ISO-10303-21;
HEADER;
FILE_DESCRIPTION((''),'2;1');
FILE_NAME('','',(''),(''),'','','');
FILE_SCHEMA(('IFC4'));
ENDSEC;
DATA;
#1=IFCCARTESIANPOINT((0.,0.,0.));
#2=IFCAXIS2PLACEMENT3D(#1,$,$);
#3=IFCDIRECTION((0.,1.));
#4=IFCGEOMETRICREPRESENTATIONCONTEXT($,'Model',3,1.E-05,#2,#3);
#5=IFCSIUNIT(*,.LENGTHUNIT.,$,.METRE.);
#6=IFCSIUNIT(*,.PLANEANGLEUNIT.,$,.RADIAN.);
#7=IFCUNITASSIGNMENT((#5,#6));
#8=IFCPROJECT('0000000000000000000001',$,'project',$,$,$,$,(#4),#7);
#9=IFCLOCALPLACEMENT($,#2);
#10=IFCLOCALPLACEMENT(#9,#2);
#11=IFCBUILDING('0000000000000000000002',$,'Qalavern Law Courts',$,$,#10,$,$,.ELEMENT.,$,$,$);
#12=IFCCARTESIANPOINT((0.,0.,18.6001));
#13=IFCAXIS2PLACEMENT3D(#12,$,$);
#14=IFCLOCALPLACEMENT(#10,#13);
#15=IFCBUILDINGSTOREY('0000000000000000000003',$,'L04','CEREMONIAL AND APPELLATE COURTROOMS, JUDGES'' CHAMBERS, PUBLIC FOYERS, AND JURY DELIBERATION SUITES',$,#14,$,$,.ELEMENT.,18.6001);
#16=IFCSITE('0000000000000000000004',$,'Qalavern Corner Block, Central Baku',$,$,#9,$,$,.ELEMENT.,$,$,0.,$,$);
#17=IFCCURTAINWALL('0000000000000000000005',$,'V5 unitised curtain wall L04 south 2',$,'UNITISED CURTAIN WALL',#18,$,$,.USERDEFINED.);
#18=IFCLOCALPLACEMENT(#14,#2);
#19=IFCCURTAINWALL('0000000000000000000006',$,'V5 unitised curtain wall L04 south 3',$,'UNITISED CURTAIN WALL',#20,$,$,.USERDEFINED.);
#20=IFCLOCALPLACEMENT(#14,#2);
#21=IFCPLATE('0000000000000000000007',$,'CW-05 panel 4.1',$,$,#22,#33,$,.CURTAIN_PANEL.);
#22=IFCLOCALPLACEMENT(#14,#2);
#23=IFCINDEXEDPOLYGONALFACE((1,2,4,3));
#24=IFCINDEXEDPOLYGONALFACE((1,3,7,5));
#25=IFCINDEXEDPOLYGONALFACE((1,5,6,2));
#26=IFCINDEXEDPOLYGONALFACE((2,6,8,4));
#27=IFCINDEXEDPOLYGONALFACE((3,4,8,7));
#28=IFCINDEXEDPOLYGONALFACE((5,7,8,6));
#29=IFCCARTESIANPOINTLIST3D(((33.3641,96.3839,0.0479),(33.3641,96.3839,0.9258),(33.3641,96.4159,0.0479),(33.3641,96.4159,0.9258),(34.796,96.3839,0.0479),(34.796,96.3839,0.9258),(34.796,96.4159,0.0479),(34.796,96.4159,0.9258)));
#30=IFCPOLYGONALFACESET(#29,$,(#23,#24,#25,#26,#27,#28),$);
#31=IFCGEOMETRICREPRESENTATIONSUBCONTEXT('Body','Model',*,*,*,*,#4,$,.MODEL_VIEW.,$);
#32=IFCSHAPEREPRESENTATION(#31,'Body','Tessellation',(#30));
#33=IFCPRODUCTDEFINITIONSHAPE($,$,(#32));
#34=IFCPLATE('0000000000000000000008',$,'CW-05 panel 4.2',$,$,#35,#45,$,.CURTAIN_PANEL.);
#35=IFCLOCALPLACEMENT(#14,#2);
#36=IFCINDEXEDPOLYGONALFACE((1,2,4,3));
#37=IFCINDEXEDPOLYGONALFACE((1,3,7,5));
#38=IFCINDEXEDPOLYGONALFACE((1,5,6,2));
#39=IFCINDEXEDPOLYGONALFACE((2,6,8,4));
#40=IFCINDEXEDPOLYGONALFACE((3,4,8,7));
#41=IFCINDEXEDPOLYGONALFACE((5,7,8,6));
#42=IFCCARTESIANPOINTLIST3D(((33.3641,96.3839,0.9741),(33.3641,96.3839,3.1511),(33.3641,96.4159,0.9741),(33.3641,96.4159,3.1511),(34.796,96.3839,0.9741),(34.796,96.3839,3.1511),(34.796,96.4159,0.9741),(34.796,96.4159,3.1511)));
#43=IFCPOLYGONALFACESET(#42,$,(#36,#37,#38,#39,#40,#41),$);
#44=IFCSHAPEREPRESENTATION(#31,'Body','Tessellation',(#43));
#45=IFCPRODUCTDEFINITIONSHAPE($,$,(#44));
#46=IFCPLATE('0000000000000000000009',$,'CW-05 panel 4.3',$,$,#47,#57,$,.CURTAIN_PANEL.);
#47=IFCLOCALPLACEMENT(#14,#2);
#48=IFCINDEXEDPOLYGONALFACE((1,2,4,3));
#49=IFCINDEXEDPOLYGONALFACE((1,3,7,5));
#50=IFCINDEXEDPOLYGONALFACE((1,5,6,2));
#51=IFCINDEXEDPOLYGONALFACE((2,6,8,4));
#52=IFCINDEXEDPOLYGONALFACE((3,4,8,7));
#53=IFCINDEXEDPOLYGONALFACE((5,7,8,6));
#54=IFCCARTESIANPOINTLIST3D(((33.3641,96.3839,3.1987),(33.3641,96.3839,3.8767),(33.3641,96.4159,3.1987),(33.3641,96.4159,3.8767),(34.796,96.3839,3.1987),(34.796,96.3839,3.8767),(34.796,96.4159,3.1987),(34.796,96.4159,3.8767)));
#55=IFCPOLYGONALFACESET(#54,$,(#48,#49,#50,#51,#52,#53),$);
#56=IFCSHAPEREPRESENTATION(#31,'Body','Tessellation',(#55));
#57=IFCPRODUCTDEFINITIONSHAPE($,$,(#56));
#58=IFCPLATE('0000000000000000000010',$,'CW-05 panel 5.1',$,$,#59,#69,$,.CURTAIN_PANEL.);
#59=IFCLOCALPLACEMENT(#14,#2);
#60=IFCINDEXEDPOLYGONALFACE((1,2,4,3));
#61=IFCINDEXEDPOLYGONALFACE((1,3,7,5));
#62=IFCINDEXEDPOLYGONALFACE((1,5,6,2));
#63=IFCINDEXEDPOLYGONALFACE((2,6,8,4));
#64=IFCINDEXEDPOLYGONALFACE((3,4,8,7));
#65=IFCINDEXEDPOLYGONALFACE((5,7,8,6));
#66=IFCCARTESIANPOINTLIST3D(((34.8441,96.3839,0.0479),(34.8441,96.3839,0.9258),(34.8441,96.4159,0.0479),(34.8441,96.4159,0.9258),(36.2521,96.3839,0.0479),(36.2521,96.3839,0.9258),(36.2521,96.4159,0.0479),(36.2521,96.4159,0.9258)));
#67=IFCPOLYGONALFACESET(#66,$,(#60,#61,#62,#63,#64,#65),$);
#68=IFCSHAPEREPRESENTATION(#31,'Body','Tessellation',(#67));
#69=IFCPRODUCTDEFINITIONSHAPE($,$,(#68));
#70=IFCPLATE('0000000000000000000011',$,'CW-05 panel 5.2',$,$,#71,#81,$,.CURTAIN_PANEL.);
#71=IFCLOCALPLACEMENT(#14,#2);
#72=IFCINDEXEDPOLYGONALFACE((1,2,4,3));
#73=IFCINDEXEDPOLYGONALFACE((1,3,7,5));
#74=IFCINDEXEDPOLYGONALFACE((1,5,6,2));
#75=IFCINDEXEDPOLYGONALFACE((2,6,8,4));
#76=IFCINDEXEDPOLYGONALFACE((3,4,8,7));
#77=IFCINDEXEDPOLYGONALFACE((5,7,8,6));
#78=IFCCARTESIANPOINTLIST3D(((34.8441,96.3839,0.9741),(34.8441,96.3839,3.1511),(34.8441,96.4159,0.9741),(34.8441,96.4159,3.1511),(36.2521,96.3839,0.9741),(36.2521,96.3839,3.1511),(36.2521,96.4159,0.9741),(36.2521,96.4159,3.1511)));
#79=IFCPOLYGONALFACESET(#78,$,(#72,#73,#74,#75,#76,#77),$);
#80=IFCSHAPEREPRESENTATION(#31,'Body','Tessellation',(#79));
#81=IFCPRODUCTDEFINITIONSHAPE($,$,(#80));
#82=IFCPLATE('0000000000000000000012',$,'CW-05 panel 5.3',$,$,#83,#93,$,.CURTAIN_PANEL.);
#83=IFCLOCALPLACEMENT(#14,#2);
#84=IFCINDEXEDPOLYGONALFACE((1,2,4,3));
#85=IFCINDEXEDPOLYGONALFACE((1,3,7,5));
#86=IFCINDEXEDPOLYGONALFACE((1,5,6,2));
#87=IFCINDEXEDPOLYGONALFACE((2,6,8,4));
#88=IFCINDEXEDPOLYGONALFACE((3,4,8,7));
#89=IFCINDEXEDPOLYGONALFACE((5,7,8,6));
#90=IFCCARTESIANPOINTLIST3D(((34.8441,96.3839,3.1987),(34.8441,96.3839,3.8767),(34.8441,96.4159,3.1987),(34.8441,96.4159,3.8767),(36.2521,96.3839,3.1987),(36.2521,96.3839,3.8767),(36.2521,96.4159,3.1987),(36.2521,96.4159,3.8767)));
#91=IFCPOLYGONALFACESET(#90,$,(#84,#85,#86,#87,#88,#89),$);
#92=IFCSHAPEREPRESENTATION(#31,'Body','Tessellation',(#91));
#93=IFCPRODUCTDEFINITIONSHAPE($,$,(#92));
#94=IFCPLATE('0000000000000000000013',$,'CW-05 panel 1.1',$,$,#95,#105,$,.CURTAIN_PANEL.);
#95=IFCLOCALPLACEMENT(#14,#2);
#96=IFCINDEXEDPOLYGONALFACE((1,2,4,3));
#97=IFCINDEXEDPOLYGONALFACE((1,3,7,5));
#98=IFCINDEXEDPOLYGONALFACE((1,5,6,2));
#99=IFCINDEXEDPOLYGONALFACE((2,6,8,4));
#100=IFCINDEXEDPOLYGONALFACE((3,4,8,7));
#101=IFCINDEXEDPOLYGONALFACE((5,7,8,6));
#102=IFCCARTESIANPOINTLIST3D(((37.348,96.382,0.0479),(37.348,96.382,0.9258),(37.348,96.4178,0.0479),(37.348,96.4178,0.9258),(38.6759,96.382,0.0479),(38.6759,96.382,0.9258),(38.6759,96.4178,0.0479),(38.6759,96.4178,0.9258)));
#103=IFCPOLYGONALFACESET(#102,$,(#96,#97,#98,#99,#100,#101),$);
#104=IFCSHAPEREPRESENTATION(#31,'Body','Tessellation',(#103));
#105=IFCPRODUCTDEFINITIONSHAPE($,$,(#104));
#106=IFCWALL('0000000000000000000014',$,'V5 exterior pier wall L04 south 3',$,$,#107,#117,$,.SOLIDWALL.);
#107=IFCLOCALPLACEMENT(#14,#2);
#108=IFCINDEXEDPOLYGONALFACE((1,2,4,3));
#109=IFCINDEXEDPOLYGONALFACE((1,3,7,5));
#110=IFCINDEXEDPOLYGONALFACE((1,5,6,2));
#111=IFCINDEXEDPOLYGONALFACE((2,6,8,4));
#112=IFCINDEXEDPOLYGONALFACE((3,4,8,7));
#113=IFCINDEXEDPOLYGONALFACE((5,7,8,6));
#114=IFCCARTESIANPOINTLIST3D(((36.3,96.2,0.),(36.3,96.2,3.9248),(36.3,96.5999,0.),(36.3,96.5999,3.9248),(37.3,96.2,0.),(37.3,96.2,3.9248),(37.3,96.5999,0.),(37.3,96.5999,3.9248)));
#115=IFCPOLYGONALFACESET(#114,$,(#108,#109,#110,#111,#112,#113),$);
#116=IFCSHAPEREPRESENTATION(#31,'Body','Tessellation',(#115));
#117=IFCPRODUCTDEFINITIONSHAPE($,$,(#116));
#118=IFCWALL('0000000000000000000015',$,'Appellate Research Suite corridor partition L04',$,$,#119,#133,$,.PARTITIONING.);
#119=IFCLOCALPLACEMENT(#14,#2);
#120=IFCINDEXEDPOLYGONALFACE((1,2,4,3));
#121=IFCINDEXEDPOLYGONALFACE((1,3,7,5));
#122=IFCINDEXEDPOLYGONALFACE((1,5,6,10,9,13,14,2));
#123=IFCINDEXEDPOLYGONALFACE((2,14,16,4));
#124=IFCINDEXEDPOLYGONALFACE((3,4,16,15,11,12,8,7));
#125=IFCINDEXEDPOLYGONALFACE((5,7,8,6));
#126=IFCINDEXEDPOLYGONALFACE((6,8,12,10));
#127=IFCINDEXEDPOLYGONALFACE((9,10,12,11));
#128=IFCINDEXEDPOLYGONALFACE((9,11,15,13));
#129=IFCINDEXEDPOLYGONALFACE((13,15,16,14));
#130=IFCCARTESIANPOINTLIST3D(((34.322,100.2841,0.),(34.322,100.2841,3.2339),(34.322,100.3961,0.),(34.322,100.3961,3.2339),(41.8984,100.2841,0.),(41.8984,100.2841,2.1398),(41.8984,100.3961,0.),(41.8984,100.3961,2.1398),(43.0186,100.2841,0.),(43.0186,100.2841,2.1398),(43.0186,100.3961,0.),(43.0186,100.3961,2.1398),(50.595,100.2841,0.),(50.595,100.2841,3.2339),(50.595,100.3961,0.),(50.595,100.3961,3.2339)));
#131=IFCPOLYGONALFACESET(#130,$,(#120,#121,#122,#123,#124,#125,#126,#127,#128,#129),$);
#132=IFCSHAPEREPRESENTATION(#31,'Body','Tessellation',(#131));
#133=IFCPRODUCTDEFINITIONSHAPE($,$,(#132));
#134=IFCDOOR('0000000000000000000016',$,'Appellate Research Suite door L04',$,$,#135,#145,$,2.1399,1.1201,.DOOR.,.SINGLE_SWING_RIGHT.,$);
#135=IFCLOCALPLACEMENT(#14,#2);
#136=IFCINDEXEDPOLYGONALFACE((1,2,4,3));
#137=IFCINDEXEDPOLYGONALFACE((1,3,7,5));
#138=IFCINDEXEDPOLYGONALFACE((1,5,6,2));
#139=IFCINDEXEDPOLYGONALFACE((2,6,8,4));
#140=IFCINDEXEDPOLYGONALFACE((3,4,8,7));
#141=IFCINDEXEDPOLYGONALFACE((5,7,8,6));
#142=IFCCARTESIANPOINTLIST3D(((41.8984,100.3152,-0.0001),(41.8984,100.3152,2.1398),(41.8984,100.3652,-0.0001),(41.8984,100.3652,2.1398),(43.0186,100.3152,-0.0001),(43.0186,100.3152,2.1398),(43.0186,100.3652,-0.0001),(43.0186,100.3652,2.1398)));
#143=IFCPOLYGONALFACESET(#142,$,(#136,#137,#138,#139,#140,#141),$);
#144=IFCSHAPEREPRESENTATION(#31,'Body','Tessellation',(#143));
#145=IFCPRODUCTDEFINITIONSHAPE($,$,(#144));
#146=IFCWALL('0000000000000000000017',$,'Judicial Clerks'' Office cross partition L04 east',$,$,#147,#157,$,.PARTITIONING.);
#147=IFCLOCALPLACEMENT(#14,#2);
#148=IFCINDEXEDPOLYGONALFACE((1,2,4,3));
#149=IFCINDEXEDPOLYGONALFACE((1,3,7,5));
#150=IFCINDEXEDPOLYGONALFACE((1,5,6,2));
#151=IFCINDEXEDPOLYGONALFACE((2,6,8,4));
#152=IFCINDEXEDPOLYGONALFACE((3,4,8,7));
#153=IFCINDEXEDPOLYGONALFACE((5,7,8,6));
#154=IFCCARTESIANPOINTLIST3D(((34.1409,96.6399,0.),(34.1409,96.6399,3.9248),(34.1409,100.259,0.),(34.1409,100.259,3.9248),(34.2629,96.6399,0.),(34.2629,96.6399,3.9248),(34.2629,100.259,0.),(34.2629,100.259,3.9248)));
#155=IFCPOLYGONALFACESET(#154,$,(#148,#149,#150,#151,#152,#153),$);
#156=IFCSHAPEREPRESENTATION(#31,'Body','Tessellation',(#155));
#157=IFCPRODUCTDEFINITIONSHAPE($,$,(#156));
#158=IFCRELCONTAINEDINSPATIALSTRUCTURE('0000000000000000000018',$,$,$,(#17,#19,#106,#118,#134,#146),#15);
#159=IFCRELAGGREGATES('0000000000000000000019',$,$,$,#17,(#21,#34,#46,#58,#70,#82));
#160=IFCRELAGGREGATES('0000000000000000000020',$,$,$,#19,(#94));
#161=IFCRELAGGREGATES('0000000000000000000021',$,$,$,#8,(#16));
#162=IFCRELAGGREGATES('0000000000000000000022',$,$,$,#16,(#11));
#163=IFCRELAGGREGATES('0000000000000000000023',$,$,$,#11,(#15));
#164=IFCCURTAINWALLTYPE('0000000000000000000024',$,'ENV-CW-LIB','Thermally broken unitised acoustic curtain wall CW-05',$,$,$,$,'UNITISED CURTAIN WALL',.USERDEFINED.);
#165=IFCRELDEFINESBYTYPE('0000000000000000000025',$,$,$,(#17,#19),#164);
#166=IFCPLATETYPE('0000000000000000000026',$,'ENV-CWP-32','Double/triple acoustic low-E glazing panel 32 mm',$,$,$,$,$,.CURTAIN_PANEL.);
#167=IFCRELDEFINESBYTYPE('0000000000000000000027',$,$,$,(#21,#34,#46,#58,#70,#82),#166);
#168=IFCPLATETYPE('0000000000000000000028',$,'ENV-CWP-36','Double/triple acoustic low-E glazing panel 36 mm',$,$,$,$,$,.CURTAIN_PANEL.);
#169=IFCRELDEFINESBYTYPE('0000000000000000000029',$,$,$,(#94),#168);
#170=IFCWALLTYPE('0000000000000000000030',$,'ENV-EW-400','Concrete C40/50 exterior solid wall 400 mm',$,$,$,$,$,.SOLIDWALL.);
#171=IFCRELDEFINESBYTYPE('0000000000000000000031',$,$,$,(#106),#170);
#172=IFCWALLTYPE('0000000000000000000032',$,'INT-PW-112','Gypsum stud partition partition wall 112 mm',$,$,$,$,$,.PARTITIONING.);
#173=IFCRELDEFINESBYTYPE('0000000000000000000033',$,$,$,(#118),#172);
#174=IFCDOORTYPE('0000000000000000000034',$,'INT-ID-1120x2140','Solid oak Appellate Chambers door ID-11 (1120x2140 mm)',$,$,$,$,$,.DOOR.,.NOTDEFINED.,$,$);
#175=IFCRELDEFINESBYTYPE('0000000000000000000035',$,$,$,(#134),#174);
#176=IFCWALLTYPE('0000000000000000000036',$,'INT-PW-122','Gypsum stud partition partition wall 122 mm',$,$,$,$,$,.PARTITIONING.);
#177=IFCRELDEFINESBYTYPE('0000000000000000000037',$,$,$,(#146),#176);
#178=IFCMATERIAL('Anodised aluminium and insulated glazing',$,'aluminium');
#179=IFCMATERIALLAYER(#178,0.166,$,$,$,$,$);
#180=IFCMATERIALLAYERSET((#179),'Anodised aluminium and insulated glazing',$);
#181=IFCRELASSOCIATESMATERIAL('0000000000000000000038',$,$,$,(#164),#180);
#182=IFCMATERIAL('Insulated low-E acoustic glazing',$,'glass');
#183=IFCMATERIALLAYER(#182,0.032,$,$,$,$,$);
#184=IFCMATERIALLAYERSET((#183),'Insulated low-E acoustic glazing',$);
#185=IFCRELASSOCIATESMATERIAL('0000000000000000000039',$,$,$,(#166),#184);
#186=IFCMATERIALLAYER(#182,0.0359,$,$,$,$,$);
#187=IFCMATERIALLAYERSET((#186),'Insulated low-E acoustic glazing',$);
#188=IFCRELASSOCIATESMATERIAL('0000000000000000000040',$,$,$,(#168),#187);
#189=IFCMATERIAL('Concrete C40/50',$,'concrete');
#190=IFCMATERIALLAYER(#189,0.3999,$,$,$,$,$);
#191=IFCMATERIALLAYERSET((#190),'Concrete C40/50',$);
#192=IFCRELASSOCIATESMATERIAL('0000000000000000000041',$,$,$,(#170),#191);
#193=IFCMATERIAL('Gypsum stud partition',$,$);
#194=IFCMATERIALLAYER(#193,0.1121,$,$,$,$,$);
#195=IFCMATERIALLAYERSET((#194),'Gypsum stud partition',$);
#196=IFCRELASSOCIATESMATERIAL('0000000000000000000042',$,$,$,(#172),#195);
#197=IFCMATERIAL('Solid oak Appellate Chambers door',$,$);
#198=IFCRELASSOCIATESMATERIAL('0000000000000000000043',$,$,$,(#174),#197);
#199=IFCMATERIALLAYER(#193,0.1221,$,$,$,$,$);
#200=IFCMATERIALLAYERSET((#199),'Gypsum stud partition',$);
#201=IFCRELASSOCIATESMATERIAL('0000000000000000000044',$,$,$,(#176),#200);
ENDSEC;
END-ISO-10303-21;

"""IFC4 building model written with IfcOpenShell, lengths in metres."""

from ifc_helpers import new_model, si_unit, direction, frame, frame_2d, origin, origin_2d, place, context, subcontext, project, spatial, rectangle, extrude, material, layer, layer_set, type_object, element, fill, aggregate, save


model = new_model("IFC4")

# Units and contexts
model_context = context("Model", 3, precision=1e-05, world=origin(), true_north=direction((0.0, 1.0)))
body_context = subcontext(model_context, "Body", "Model", "MODEL_VIEW")
ifc_project = project(units=[si_unit("LENGTHUNIT", "METRE"), si_unit("PLANEANGLEUNIT", "RADIAN")], contexts=[model_context])

# Site, building, storey
site_placement = place(None, origin())
site = spatial("IfcSite", under=ifc_project, at=site_placement, Name="Qalavern Corner Block, Central Baku", CompositionType="ELEMENT", RefElevation=0.0)
building_placement = place(site_placement, origin())
building = spatial("IfcBuilding", under=site, at=building_placement, Name="Qalavern Law Courts", CompositionType="ELEMENT")
storey_placement = place(building_placement, frame((0.0, 0.0, 18.6001)))
storey = spatial("IfcBuildingStorey", under=building, at=storey_placement, Name="L04", Description="CEREMONIAL AND APPELLATE COURTROOMS, JUDGES' CHAMBERS, PUBLIC FOYERS, AND JURY DELIBERATION SUITES", CompositionType="ELEMENT", Elevation=18.6001)

# Curtain wall
ifc_material_1 = material(Name="Anodised aluminium and insulated glazing", Category="aluminium")
ifc_layer_1 = layer(ifc_material_1, 0.166)
ifc_layer_set_1 = layer_set([ifc_layer_1], Name="Anodised aluminium and insulated glazing")
curtain_wall_type = type_object("IfcCurtainWallType", Name="ENV-CW-LIB", Description="Thermally broken unitised acoustic curtain wall CW-05", ElementType="UNITISED CURTAIN WALL", PredefinedType="USERDEFINED", material=ifc_layer_set_1)
curtain_wall_1_placement = place(storey_placement, origin())
curtain_wall_1 = element("IfcCurtainWall", 1, at=curtain_wall_1_placement, inside=storey, type_object=curtain_wall_type, Name="V5 unitised curtain wall L04 south 2", ObjectType="UNITISED CURTAIN WALL", PredefinedType="USERDEFINED")

# Curtain wall
curtain_wall_2_placement = place(storey_placement, origin())
curtain_wall_2 = element("IfcCurtainWall", 2, at=curtain_wall_2_placement, inside=storey, type_object=curtain_wall_type, Name="V5 unitised curtain wall L04 south 3", ObjectType="UNITISED CURTAIN WALL", PredefinedType="USERDEFINED")

# Shared definitions
ifc_material_2 = material(Name="Concrete C40/50", Category="concrete")

# Plates
ifc_material_3 = material(Name="Insulated low-E acoustic glazing", Category="glass")
ifc_layer_2 = layer(ifc_material_3, 0.032)
ifc_layer_set_2 = layer_set([ifc_layer_2], Name="Insulated low-E acoustic glazing")
plate_type_1 = type_object("IfcPlateType", Name="ENV-CWP-32", Description="Double/triple acoustic low-E glazing panel 32 mm", PredefinedType="CURTAIN_PANEL", material=ifc_layer_set_2)
plate_1_placement = place(storey_placement, frame((34.0801, 96.3999, 0.0479), z_axis=(0.0, 0.0, 1.0), x_axis=(1.0, 0.0, 0.0)))
plate_1 = element("IfcPlate", 3, at=plate_1_placement, type_object=plate_type_1, Name="CW-05 panel 4.1", PredefinedType="CURTAIN_PANEL", context=body_context, shape_type="SweptSolid", body=[
    extrude(rectangle(XDim=1.4319, YDim=0.032, at=origin_2d()), origin(), (0.0, 0.0, 1.0), 0.8779),
])
plate_2_placement = place(storey_placement, frame((34.0801, 96.3999, 0.9741), z_axis=(0.0, 0.0, 1.0), x_axis=(1.0, 0.0, 0.0)))
plate_2 = element("IfcPlate", 4, at=plate_2_placement, type_object=plate_type_1, Name="CW-05 panel 4.2", PredefinedType="CURTAIN_PANEL", context=body_context, shape_type="SweptSolid", body=[
    extrude(rectangle(XDim=1.4319, YDim=0.032, at=origin_2d()), origin(), (0.0, 0.0, 1.0), 2.177),
])
plate_3_placement = place(storey_placement, frame((34.0801, 96.3999, 3.1987), z_axis=(0.0, 0.0, 1.0), x_axis=(1.0, 0.0, 0.0)))
plate_3 = element("IfcPlate", 5, at=plate_3_placement, type_object=plate_type_1, Name="CW-05 panel 4.3", PredefinedType="CURTAIN_PANEL", context=body_context, shape_type="SweptSolid", body=[
    extrude(rectangle(XDim=1.4319, YDim=0.032, at=origin_2d()), origin(), (0.0, 0.0, 1.0), 0.678),
])
plate_4_placement = place(storey_placement, frame((35.5481, 96.3999, 0.0479), z_axis=(0.0, 0.0, 1.0), x_axis=(1.0, 0.0, 0.0)))
plate_4 = element("IfcPlate", 6, at=plate_4_placement, type_object=plate_type_1, Name="CW-05 panel 5.1", PredefinedType="CURTAIN_PANEL", context=body_context, shape_type="SweptSolid", body=[
    extrude(rectangle(XDim=1.408, YDim=0.032, at=origin_2d()), origin(), (0.0, 0.0, 1.0), 0.8779),
])
plate_5_placement = place(storey_placement, frame((35.5481, 96.3999, 0.9741), z_axis=(0.0, 0.0, 1.0), x_axis=(1.0, 0.0, 0.0)))
plate_5 = element("IfcPlate", 7, at=plate_5_placement, type_object=plate_type_1, Name="CW-05 panel 5.2", PredefinedType="CURTAIN_PANEL", context=body_context, shape_type="SweptSolid", body=[
    extrude(rectangle(XDim=1.408, YDim=0.032, at=origin_2d()), origin(), (0.0, 0.0, 1.0), 2.177),
])
plate_6_placement = place(storey_placement, frame((35.5481, 96.3999, 3.1987), z_axis=(0.0, 0.0, 1.0), x_axis=(1.0, 0.0, 0.0)))
plate_6 = element("IfcPlate", 8, at=plate_6_placement, type_object=plate_type_1, Name="CW-05 panel 5.3", PredefinedType="CURTAIN_PANEL", context=body_context, shape_type="SweptSolid", body=[
    extrude(rectangle(XDim=1.408, YDim=0.032, at=origin_2d()), origin(), (0.0, 0.0, 1.0), 0.678),
])
aggregate(curtain_wall_1, [plate_1, plate_2, plate_3, plate_4, plate_5, plate_6])
ifc_layer_3 = layer(ifc_material_3, 0.0359)
ifc_layer_set_3 = layer_set([ifc_layer_3], Name="Insulated low-E acoustic glazing")
plate_type_2 = type_object("IfcPlateType", Name="ENV-CWP-36", Description="Double/triple acoustic low-E glazing panel 36 mm", PredefinedType="CURTAIN_PANEL", material=ifc_layer_set_3)
plate_7_placement = place(storey_placement, frame((38.012, 96.3999, 0.0479), z_axis=(0.0, 0.0, 1.0), x_axis=(1.0, 0.0, 0.0)))
plate_7 = element("IfcPlate", 9, at=plate_7_placement, type_object=plate_type_2, Name="CW-05 panel 1.1", PredefinedType="CURTAIN_PANEL", context=body_context, shape_type="SweptSolid", body=[
    extrude(rectangle(XDim=1.3279, YDim=0.0359, at=origin_2d()), origin(), (0.0, 0.0, 1.0), 0.8779),
])
aggregate(curtain_wall_2, [plate_7])

# Wall
ifc_layer_4 = layer(ifc_material_2, 0.3999)
ifc_layer_set_4 = layer_set([ifc_layer_4], Name="Concrete C40/50")
wall_type_1 = type_object("IfcWallType", Name="ENV-EW-400", Description="Concrete C40/50 exterior solid wall 400 mm", PredefinedType="SOLIDWALL", material=ifc_layer_set_4)
wall_1_placement = place(storey_placement, frame((36.3, 96.3999, 0.0), z_axis=(0.0, 0.0, 1.0), x_axis=(1.0, 0.0, 0.0)))
element("IfcWall", 10, at=wall_1_placement, inside=storey, type_object=wall_type_1, Name="V5 exterior pier wall L04 south 3", PredefinedType="SOLIDWALL", context=body_context, shape_type="SweptSolid", body=[
    extrude(rectangle(XDim=1.0, YDim=0.3999, at=frame_2d((0.5, 0.0))), origin(), (0.0, 0.0, 1.0), 3.9248),
])

# Wall, opening, door
ifc_material_4 = material(Name="Gypsum stud partition")
ifc_layer_5 = layer(ifc_material_4, 0.1121)
ifc_layer_set_5 = layer_set([ifc_layer_5], Name="Gypsum stud partition")
wall_type_2 = type_object("IfcWallType", Name="INT-PW-112", Description="Gypsum stud partition partition wall 112 mm", PredefinedType="PARTITIONING", material=ifc_layer_set_5)
wall_2_placement = place(storey_placement, frame((34.322, 100.3401, 0.0), z_axis=(0.0, 0.0, 1.0), x_axis=(1.0, 0.0, 0.0)))
wall_2 = element("IfcWall", 11, at=wall_2_placement, inside=storey, type_object=wall_type_2, Name="Appellate Research Suite corridor partition L04", PredefinedType="PARTITIONING", context=body_context, shape_type="SweptSolid", body=[
    extrude(rectangle(XDim=16.2729, YDim=0.1121, at=frame_2d((8.1365, 0.0))), origin(), (0.0, 0.0, 1.0), 3.2339),
])
opening_1_placement = place(wall_2_placement, frame((7.5764, 0.0, 0.0)))
opening_1 = element("IfcOpeningElement", 12, at=opening_1_placement, cuts=wall_2, PredefinedType="OPENING", context=body_context, shape_type="SweptSolid", body=[
    extrude(rectangle(XDim=1.1201, YDim=2.1399, at=frame_2d((0.5601, 1.0698))), frame((0.0, 0.0708, 0.0), z_axis=(0.0, -1.0, 0.0), x_axis=(1.0, 0.0, 0.0)), (0.0, 0.0, 1.0), 0.1418),
])
ifc_material_5 = material(Name="Solid oak Appellate Chambers door")
door_type_1 = type_object("IfcDoorType", Name="INT-ID-1120x2140", Description="Solid oak Appellate Chambers door ID-11 (1120x2140 mm)", OperationType="NOTDEFINED", PredefinedType="DOOR", material=ifc_material_5)
door_1_placement = place(opening_1_placement, frame((1.1201, 0.0, 0.0), z_axis=(0.0, 0.0, 1.0), x_axis=(-1.0, 0.0, 0.0)))
door_1 = element("IfcDoor", 13, at=door_1_placement, inside=storey, type_object=door_type_1, Name="Appellate Research Suite door L04", OperationType="SINGLE_SWING_RIGHT", OverallHeight=2.1399, OverallWidth=1.1201, PredefinedType="DOOR", context=body_context, shape_type="SweptSolid", body=[
    extrude(rectangle(XDim=1.1201, YDim=2.1399, at=frame_2d((0.5601, 1.0698))), frame((0.0, 0.0249, 0.0), z_axis=(0.0, -1.0, 0.0), x_axis=(1.0, 0.0, 0.0)), (0.0, 0.0, 1.0), 0.05),
])
fill(opening_1, door_1)

# Wall
ifc_layer_6 = layer(ifc_material_4, 0.1221)
ifc_layer_set_6 = layer_set([ifc_layer_6], Name="Gypsum stud partition")
wall_type_3 = type_object("IfcWallType", Name="INT-PW-122", Description="Gypsum stud partition partition wall 122 mm", PredefinedType="PARTITIONING", material=ifc_layer_set_6)
wall_3_placement = place(storey_placement, frame((34.2019, 96.6399, 0.0), z_axis=(0.0, 0.0, 1.0), x_axis=(0.0, 1.0, 0.0)))
element("IfcWall", 14, at=wall_3_placement, inside=storey, type_object=wall_type_3, Name="Judicial Clerks' Office cross partition L04 east", PredefinedType="PARTITIONING", context=body_context, shape_type="SweptSolid", body=[
    extrude(rectangle(XDim=3.6191, YDim=0.1221, at=frame_2d((1.8096, 0.0))), origin(), (0.0, 0.0, 1.0), 3.9248),
])

save(model, "model.ifc")
